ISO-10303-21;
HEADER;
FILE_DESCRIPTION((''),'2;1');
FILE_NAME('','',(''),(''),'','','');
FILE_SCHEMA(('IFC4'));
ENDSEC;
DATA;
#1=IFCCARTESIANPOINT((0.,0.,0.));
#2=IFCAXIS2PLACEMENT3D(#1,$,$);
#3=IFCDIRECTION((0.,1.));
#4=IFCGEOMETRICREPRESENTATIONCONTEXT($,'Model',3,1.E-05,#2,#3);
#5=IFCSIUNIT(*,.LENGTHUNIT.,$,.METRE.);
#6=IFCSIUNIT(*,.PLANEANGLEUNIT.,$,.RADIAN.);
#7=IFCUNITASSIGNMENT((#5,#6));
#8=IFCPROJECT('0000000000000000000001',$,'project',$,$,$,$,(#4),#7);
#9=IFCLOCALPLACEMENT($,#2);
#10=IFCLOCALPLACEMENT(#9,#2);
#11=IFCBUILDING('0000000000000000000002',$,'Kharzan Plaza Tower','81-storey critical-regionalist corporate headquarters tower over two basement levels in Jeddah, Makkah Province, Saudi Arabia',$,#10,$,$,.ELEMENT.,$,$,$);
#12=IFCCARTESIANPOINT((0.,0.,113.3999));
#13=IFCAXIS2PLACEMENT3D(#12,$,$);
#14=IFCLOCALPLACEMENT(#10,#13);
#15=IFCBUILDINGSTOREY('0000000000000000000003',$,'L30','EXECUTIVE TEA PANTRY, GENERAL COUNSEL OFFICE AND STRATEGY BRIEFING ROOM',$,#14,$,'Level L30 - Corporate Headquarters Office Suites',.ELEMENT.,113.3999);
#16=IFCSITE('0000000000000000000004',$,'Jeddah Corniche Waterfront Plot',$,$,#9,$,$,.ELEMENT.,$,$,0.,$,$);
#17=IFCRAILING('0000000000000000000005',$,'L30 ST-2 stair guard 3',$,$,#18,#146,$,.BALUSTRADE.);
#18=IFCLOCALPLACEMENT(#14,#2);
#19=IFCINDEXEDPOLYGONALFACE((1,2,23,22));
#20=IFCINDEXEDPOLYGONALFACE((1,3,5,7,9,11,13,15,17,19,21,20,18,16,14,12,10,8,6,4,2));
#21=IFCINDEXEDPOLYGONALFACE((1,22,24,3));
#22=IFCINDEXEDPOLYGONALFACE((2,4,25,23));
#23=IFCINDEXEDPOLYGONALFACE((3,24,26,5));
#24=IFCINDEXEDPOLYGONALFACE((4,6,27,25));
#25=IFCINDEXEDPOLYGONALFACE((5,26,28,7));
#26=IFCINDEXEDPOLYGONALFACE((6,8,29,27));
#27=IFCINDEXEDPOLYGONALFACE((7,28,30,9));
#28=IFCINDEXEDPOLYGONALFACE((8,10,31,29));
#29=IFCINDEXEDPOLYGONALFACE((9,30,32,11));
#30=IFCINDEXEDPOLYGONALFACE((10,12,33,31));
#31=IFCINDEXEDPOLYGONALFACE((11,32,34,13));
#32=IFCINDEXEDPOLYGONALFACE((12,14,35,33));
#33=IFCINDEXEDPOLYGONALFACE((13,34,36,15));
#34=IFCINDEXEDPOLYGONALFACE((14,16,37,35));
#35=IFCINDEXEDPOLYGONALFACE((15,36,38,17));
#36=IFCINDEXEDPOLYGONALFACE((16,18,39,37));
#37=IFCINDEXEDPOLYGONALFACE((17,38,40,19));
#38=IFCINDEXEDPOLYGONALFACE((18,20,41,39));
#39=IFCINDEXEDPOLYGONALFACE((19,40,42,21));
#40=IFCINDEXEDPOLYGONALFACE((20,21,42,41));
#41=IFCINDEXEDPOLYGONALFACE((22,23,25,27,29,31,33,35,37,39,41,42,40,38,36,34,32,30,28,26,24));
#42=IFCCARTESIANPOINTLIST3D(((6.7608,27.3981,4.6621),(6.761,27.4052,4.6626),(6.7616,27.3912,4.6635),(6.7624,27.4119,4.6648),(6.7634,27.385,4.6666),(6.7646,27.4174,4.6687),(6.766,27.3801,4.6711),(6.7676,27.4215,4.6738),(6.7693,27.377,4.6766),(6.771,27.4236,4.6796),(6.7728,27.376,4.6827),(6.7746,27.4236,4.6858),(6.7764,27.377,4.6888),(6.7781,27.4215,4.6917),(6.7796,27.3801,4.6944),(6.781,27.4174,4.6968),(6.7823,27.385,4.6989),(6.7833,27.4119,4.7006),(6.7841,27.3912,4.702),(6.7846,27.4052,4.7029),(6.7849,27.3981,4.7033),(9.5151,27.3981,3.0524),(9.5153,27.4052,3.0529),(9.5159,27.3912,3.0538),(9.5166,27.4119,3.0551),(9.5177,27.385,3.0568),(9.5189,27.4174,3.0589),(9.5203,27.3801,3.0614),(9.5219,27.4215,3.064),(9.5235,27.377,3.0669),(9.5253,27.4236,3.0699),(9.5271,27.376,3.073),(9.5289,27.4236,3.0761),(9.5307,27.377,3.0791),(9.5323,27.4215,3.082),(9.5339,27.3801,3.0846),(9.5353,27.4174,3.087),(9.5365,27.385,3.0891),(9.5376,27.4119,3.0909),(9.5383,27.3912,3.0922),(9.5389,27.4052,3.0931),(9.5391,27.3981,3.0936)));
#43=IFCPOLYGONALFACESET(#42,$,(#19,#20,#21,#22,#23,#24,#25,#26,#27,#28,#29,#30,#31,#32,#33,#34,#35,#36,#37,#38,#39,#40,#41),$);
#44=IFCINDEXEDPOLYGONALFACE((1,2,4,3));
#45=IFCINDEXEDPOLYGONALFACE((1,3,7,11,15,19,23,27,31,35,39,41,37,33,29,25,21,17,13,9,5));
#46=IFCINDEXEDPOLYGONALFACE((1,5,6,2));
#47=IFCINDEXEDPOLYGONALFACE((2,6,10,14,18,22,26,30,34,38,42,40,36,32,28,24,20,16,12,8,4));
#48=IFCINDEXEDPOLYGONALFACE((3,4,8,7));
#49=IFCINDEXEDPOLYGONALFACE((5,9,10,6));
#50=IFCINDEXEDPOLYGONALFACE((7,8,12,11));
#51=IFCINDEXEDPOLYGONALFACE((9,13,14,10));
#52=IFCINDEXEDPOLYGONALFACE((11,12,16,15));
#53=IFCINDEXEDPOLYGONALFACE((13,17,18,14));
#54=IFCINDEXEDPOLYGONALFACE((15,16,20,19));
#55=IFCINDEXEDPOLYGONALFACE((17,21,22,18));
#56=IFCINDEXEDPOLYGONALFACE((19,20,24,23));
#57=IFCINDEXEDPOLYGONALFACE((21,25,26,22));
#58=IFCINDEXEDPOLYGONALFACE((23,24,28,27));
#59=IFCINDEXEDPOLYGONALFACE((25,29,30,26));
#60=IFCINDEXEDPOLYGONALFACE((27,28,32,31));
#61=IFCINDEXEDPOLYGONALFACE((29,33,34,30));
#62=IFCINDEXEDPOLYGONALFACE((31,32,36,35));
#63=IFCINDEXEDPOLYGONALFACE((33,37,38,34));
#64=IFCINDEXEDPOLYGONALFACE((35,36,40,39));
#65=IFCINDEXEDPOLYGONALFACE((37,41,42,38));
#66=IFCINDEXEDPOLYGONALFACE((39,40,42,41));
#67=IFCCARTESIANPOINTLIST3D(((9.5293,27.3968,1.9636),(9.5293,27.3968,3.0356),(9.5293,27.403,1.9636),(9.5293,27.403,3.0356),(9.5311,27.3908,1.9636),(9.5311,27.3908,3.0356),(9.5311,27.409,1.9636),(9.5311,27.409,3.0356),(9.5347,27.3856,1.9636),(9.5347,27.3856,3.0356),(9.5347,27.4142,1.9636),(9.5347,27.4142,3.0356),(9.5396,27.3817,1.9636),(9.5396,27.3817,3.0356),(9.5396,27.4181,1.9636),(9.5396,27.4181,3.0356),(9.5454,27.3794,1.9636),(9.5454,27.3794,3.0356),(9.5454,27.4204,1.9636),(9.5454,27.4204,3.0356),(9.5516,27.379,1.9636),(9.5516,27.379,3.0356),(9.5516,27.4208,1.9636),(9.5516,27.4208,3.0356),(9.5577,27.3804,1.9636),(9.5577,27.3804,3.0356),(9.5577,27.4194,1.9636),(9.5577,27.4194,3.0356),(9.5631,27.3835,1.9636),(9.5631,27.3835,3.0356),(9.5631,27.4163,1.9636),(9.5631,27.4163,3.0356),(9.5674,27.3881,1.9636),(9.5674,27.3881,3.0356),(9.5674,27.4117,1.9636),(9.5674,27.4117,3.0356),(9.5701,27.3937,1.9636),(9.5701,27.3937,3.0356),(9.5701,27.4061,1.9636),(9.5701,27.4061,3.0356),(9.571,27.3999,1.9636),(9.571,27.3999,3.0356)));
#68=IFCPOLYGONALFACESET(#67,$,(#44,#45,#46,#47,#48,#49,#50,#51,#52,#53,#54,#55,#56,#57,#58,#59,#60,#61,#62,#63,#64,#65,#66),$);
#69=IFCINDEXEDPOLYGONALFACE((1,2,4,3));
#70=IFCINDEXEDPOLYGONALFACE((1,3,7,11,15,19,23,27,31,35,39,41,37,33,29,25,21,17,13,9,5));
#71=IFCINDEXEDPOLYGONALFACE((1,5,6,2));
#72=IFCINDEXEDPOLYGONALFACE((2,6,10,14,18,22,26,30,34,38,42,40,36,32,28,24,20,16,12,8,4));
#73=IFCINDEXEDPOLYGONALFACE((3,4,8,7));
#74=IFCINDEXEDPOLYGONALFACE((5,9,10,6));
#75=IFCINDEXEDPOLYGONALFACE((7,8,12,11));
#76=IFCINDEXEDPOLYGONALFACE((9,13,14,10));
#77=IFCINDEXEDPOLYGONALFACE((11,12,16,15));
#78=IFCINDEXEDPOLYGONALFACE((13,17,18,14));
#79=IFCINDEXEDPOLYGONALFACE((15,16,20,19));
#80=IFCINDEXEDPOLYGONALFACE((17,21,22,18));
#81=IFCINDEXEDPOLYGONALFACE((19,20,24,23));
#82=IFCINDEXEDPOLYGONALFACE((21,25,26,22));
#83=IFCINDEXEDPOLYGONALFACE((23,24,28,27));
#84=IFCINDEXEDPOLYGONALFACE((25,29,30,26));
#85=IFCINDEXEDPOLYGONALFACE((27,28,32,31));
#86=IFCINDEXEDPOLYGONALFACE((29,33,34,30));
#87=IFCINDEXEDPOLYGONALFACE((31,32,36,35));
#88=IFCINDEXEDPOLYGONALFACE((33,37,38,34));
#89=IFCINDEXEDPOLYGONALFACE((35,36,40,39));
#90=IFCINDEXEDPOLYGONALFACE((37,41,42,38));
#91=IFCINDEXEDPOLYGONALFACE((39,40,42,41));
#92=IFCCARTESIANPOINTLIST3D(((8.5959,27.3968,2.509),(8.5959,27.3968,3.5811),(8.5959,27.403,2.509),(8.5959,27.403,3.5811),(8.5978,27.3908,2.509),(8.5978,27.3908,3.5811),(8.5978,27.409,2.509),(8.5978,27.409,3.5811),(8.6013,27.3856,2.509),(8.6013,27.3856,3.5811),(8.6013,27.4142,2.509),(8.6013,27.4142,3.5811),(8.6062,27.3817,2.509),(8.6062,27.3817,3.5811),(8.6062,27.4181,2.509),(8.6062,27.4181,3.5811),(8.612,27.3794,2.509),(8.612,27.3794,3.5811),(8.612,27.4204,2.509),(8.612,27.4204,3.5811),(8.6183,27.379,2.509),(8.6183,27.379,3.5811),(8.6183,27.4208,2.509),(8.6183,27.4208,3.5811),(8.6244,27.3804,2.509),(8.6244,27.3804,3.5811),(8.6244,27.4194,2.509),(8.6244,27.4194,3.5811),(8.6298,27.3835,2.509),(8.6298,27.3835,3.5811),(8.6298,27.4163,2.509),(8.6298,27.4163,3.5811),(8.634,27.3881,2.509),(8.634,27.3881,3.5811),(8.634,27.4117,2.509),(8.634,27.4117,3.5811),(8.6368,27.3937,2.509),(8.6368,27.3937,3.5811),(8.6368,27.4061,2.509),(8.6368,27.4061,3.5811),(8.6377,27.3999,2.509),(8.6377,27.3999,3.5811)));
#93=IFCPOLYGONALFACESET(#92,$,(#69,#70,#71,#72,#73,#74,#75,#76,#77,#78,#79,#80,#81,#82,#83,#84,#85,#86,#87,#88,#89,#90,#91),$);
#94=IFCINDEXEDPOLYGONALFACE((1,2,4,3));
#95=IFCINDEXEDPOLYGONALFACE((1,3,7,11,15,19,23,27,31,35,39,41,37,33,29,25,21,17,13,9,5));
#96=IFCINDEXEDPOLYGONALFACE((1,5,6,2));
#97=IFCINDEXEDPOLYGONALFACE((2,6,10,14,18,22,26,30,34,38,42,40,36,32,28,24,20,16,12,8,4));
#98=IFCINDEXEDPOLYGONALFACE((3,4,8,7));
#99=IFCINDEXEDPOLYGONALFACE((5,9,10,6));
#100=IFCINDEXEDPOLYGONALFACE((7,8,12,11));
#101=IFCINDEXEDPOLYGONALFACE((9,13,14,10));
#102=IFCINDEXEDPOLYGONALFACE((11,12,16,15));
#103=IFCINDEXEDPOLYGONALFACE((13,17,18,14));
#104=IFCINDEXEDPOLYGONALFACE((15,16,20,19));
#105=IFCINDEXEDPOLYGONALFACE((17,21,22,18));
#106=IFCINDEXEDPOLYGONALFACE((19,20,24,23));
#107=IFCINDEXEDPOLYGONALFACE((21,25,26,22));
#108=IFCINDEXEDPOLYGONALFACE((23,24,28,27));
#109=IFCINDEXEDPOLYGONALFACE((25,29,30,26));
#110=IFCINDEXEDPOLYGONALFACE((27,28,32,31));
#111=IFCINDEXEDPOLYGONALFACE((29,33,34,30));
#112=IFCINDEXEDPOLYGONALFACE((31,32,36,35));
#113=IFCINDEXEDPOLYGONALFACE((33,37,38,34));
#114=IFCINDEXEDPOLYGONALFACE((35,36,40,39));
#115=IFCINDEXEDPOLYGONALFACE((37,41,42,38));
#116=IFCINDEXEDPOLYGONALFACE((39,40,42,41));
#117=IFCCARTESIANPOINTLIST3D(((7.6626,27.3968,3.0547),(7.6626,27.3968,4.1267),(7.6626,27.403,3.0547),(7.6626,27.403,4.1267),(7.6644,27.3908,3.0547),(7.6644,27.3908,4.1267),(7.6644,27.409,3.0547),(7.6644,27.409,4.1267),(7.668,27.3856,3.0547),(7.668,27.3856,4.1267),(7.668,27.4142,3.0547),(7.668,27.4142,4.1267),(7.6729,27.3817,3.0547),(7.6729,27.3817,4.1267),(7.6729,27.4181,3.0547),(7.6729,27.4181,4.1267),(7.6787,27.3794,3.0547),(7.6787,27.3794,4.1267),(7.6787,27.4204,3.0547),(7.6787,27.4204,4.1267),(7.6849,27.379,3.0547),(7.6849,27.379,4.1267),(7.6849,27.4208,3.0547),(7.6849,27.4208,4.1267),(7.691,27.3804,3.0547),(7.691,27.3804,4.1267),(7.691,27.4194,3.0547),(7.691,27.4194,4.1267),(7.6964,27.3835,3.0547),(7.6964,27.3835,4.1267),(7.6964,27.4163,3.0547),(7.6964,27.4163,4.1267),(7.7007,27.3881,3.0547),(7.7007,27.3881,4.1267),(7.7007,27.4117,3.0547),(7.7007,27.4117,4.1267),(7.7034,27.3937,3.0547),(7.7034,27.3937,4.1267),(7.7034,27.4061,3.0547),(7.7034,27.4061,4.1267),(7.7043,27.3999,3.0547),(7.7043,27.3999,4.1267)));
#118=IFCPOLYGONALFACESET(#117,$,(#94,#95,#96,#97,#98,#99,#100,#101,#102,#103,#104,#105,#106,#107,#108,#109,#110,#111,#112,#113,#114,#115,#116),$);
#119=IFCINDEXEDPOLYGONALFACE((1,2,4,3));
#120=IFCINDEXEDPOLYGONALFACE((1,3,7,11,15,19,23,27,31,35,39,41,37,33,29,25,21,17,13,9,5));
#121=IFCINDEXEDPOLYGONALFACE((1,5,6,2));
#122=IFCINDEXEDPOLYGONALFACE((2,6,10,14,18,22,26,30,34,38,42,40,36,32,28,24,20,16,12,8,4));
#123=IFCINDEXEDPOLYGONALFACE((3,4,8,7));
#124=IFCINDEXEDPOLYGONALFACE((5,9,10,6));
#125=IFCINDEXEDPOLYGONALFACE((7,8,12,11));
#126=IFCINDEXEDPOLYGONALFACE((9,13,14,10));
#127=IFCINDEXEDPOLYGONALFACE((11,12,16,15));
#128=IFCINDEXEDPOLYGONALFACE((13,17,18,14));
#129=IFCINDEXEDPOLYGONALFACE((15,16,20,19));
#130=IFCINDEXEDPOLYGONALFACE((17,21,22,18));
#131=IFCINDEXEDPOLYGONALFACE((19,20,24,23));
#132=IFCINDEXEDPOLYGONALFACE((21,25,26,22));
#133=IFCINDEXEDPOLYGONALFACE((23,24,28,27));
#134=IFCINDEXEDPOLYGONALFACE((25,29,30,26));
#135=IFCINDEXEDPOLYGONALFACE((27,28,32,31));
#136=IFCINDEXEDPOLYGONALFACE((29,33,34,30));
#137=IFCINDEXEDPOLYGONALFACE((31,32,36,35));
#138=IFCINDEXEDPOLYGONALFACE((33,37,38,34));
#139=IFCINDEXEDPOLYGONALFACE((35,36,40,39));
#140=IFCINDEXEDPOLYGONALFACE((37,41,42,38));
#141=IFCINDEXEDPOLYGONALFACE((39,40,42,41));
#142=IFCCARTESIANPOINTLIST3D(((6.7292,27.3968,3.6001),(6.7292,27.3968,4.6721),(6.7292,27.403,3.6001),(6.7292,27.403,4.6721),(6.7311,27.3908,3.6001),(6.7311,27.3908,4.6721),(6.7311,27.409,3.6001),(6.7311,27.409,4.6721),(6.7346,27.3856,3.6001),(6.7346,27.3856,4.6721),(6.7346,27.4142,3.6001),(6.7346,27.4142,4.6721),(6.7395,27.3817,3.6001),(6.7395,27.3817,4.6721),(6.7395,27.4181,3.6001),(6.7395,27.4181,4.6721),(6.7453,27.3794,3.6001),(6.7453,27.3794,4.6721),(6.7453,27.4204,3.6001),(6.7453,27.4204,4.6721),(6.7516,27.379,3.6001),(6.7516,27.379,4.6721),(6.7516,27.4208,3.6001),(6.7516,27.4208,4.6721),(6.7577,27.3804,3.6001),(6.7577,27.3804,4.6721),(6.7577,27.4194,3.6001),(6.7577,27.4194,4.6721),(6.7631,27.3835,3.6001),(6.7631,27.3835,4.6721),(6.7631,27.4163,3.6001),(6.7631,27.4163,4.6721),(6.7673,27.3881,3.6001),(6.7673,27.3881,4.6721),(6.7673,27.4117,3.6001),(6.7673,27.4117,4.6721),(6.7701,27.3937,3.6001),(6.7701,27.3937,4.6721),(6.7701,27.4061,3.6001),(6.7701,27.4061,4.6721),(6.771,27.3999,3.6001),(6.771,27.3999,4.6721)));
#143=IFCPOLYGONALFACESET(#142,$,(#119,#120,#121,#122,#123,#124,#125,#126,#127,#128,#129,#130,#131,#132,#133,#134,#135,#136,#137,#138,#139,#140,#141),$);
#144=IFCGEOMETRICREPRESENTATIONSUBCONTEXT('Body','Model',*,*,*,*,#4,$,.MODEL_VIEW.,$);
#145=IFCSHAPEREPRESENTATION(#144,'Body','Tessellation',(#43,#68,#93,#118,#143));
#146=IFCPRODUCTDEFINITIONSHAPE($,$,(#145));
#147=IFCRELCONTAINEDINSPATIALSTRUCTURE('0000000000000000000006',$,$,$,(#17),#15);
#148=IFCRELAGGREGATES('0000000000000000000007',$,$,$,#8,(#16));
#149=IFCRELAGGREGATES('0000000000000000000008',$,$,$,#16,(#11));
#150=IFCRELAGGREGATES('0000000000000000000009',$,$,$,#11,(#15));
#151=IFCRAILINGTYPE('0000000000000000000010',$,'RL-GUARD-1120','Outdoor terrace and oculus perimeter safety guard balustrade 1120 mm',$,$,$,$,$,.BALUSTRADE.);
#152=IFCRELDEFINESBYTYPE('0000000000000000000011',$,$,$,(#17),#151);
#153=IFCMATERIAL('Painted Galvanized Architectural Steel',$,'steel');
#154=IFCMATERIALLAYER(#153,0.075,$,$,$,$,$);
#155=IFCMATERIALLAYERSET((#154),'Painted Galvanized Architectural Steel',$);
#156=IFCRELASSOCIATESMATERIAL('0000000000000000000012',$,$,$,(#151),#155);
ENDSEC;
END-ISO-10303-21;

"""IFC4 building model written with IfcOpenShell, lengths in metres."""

from ifc_helpers import new_model, si_unit, direction, frame, origin, origin_2d, place, context, subcontext, project, spatial, circle, extrude, source, transform, mapped, material, layer, layer_set, type_object, element, save


model = new_model("IFC4")

# Units and contexts
model_context = context("Model", 3, precision=1e-05, world=origin(), true_north=direction((0.0, 1.0)))
body_context = subcontext(model_context, "Body", "Model", "MODEL_VIEW")
ifc_project = project(units=[si_unit("LENGTHUNIT", "METRE"), si_unit("PLANEANGLEUNIT", "RADIAN")], contexts=[model_context])

# Site, building, storey
site_placement = place(None, origin())
site = spatial("IfcSite", under=ifc_project, at=site_placement, Name="Jeddah Corniche Waterfront Plot", CompositionType="ELEMENT", RefElevation=0.0)
building_placement = place(site_placement, origin())
building = spatial("IfcBuilding", under=site, at=building_placement, Name="Kharzan Plaza Tower", Description="81-storey critical-regionalist corporate headquarters tower over two basement levels in Jeddah, Makkah Province, Saudi Arabia", CompositionType="ELEMENT")
storey_placement = place(building_placement, frame((0.0, 0.0, 113.3999)))
storey = spatial("IfcBuildingStorey", under=building, at=storey_placement, Name="L30", Description="EXECUTIVE TEA PANTRY, GENERAL COUNSEL OFFICE AND STRATEGY BRIEFING ROOM", LongName="Level L30 - Corporate Headquarters Office Suites", CompositionType="ELEMENT", Elevation=113.3999)

# Railing
ifc_material_1 = material(Name="Painted Galvanized Architectural Steel", Category="steel")
ifc_layer_1 = layer(ifc_material_1, 0.075)
ifc_layer_set_1 = layer_set([ifc_layer_1], Name="Painted Galvanized Architectural Steel")
railing_type_1 = type_object("IfcRailingType", Name="RL-GUARD-1120", Description="Outdoor terrace and oculus perimeter safety guard balustrade 1120 mm", PredefinedType="BALUSTRADE", material=ifc_layer_set_1)
shared_shape_1 = source(origin(), body_context, "Body", "SweptSolid", [
    extrude(circle(Radius=0.0239, at=origin_2d()), frame((-0.0229, 0.0, 1.1094), z_axis=(-0.863361, 0.0, 0.504587), x_axis=(0.0, -1.0, 0.0)), (0.0, 0.0, 1.0), 3.1902),
    extrude(circle(Radius=0.021, at=origin_2d()), origin(), (0.0, 0.0, 1.0), 1.072),
    extrude(circle(Radius=0.021, at=origin_2d()), frame((-0.9333, 0.0, 0.5454)), (0.0, 0.0, 1.0), 1.072),
    extrude(circle(Radius=0.021, at=origin_2d()), frame((-1.8667, 0.0, 1.0911)), (0.0, 0.0, 1.0), 1.072),
    extrude(circle(Radius=0.021, at=origin_2d()), frame((-2.8, 0.0, 1.6365)), (0.0, 0.0, 1.0), 1.072),
])
railing_1_placement = place(storey_placement, frame((9.55, 27.3999, 1.9636)))
element("IfcRailing", 1, at=railing_1_placement, inside=storey, type_object=railing_type_1, Name="L30 ST-2 stair guard 3", PredefinedType="BALUSTRADE", context=body_context, shape_type="MappedRepresentation", body=[
    mapped(shared_shape_1, transform((0.0, 0.0, 0.0), x_axis=(1.0, 0.0, 0.0), y_axis=(0.0, 1.0, 0.0), z_axis=(0.0, 0.0, 1.0))),
])

save(model, "model.ifc")
